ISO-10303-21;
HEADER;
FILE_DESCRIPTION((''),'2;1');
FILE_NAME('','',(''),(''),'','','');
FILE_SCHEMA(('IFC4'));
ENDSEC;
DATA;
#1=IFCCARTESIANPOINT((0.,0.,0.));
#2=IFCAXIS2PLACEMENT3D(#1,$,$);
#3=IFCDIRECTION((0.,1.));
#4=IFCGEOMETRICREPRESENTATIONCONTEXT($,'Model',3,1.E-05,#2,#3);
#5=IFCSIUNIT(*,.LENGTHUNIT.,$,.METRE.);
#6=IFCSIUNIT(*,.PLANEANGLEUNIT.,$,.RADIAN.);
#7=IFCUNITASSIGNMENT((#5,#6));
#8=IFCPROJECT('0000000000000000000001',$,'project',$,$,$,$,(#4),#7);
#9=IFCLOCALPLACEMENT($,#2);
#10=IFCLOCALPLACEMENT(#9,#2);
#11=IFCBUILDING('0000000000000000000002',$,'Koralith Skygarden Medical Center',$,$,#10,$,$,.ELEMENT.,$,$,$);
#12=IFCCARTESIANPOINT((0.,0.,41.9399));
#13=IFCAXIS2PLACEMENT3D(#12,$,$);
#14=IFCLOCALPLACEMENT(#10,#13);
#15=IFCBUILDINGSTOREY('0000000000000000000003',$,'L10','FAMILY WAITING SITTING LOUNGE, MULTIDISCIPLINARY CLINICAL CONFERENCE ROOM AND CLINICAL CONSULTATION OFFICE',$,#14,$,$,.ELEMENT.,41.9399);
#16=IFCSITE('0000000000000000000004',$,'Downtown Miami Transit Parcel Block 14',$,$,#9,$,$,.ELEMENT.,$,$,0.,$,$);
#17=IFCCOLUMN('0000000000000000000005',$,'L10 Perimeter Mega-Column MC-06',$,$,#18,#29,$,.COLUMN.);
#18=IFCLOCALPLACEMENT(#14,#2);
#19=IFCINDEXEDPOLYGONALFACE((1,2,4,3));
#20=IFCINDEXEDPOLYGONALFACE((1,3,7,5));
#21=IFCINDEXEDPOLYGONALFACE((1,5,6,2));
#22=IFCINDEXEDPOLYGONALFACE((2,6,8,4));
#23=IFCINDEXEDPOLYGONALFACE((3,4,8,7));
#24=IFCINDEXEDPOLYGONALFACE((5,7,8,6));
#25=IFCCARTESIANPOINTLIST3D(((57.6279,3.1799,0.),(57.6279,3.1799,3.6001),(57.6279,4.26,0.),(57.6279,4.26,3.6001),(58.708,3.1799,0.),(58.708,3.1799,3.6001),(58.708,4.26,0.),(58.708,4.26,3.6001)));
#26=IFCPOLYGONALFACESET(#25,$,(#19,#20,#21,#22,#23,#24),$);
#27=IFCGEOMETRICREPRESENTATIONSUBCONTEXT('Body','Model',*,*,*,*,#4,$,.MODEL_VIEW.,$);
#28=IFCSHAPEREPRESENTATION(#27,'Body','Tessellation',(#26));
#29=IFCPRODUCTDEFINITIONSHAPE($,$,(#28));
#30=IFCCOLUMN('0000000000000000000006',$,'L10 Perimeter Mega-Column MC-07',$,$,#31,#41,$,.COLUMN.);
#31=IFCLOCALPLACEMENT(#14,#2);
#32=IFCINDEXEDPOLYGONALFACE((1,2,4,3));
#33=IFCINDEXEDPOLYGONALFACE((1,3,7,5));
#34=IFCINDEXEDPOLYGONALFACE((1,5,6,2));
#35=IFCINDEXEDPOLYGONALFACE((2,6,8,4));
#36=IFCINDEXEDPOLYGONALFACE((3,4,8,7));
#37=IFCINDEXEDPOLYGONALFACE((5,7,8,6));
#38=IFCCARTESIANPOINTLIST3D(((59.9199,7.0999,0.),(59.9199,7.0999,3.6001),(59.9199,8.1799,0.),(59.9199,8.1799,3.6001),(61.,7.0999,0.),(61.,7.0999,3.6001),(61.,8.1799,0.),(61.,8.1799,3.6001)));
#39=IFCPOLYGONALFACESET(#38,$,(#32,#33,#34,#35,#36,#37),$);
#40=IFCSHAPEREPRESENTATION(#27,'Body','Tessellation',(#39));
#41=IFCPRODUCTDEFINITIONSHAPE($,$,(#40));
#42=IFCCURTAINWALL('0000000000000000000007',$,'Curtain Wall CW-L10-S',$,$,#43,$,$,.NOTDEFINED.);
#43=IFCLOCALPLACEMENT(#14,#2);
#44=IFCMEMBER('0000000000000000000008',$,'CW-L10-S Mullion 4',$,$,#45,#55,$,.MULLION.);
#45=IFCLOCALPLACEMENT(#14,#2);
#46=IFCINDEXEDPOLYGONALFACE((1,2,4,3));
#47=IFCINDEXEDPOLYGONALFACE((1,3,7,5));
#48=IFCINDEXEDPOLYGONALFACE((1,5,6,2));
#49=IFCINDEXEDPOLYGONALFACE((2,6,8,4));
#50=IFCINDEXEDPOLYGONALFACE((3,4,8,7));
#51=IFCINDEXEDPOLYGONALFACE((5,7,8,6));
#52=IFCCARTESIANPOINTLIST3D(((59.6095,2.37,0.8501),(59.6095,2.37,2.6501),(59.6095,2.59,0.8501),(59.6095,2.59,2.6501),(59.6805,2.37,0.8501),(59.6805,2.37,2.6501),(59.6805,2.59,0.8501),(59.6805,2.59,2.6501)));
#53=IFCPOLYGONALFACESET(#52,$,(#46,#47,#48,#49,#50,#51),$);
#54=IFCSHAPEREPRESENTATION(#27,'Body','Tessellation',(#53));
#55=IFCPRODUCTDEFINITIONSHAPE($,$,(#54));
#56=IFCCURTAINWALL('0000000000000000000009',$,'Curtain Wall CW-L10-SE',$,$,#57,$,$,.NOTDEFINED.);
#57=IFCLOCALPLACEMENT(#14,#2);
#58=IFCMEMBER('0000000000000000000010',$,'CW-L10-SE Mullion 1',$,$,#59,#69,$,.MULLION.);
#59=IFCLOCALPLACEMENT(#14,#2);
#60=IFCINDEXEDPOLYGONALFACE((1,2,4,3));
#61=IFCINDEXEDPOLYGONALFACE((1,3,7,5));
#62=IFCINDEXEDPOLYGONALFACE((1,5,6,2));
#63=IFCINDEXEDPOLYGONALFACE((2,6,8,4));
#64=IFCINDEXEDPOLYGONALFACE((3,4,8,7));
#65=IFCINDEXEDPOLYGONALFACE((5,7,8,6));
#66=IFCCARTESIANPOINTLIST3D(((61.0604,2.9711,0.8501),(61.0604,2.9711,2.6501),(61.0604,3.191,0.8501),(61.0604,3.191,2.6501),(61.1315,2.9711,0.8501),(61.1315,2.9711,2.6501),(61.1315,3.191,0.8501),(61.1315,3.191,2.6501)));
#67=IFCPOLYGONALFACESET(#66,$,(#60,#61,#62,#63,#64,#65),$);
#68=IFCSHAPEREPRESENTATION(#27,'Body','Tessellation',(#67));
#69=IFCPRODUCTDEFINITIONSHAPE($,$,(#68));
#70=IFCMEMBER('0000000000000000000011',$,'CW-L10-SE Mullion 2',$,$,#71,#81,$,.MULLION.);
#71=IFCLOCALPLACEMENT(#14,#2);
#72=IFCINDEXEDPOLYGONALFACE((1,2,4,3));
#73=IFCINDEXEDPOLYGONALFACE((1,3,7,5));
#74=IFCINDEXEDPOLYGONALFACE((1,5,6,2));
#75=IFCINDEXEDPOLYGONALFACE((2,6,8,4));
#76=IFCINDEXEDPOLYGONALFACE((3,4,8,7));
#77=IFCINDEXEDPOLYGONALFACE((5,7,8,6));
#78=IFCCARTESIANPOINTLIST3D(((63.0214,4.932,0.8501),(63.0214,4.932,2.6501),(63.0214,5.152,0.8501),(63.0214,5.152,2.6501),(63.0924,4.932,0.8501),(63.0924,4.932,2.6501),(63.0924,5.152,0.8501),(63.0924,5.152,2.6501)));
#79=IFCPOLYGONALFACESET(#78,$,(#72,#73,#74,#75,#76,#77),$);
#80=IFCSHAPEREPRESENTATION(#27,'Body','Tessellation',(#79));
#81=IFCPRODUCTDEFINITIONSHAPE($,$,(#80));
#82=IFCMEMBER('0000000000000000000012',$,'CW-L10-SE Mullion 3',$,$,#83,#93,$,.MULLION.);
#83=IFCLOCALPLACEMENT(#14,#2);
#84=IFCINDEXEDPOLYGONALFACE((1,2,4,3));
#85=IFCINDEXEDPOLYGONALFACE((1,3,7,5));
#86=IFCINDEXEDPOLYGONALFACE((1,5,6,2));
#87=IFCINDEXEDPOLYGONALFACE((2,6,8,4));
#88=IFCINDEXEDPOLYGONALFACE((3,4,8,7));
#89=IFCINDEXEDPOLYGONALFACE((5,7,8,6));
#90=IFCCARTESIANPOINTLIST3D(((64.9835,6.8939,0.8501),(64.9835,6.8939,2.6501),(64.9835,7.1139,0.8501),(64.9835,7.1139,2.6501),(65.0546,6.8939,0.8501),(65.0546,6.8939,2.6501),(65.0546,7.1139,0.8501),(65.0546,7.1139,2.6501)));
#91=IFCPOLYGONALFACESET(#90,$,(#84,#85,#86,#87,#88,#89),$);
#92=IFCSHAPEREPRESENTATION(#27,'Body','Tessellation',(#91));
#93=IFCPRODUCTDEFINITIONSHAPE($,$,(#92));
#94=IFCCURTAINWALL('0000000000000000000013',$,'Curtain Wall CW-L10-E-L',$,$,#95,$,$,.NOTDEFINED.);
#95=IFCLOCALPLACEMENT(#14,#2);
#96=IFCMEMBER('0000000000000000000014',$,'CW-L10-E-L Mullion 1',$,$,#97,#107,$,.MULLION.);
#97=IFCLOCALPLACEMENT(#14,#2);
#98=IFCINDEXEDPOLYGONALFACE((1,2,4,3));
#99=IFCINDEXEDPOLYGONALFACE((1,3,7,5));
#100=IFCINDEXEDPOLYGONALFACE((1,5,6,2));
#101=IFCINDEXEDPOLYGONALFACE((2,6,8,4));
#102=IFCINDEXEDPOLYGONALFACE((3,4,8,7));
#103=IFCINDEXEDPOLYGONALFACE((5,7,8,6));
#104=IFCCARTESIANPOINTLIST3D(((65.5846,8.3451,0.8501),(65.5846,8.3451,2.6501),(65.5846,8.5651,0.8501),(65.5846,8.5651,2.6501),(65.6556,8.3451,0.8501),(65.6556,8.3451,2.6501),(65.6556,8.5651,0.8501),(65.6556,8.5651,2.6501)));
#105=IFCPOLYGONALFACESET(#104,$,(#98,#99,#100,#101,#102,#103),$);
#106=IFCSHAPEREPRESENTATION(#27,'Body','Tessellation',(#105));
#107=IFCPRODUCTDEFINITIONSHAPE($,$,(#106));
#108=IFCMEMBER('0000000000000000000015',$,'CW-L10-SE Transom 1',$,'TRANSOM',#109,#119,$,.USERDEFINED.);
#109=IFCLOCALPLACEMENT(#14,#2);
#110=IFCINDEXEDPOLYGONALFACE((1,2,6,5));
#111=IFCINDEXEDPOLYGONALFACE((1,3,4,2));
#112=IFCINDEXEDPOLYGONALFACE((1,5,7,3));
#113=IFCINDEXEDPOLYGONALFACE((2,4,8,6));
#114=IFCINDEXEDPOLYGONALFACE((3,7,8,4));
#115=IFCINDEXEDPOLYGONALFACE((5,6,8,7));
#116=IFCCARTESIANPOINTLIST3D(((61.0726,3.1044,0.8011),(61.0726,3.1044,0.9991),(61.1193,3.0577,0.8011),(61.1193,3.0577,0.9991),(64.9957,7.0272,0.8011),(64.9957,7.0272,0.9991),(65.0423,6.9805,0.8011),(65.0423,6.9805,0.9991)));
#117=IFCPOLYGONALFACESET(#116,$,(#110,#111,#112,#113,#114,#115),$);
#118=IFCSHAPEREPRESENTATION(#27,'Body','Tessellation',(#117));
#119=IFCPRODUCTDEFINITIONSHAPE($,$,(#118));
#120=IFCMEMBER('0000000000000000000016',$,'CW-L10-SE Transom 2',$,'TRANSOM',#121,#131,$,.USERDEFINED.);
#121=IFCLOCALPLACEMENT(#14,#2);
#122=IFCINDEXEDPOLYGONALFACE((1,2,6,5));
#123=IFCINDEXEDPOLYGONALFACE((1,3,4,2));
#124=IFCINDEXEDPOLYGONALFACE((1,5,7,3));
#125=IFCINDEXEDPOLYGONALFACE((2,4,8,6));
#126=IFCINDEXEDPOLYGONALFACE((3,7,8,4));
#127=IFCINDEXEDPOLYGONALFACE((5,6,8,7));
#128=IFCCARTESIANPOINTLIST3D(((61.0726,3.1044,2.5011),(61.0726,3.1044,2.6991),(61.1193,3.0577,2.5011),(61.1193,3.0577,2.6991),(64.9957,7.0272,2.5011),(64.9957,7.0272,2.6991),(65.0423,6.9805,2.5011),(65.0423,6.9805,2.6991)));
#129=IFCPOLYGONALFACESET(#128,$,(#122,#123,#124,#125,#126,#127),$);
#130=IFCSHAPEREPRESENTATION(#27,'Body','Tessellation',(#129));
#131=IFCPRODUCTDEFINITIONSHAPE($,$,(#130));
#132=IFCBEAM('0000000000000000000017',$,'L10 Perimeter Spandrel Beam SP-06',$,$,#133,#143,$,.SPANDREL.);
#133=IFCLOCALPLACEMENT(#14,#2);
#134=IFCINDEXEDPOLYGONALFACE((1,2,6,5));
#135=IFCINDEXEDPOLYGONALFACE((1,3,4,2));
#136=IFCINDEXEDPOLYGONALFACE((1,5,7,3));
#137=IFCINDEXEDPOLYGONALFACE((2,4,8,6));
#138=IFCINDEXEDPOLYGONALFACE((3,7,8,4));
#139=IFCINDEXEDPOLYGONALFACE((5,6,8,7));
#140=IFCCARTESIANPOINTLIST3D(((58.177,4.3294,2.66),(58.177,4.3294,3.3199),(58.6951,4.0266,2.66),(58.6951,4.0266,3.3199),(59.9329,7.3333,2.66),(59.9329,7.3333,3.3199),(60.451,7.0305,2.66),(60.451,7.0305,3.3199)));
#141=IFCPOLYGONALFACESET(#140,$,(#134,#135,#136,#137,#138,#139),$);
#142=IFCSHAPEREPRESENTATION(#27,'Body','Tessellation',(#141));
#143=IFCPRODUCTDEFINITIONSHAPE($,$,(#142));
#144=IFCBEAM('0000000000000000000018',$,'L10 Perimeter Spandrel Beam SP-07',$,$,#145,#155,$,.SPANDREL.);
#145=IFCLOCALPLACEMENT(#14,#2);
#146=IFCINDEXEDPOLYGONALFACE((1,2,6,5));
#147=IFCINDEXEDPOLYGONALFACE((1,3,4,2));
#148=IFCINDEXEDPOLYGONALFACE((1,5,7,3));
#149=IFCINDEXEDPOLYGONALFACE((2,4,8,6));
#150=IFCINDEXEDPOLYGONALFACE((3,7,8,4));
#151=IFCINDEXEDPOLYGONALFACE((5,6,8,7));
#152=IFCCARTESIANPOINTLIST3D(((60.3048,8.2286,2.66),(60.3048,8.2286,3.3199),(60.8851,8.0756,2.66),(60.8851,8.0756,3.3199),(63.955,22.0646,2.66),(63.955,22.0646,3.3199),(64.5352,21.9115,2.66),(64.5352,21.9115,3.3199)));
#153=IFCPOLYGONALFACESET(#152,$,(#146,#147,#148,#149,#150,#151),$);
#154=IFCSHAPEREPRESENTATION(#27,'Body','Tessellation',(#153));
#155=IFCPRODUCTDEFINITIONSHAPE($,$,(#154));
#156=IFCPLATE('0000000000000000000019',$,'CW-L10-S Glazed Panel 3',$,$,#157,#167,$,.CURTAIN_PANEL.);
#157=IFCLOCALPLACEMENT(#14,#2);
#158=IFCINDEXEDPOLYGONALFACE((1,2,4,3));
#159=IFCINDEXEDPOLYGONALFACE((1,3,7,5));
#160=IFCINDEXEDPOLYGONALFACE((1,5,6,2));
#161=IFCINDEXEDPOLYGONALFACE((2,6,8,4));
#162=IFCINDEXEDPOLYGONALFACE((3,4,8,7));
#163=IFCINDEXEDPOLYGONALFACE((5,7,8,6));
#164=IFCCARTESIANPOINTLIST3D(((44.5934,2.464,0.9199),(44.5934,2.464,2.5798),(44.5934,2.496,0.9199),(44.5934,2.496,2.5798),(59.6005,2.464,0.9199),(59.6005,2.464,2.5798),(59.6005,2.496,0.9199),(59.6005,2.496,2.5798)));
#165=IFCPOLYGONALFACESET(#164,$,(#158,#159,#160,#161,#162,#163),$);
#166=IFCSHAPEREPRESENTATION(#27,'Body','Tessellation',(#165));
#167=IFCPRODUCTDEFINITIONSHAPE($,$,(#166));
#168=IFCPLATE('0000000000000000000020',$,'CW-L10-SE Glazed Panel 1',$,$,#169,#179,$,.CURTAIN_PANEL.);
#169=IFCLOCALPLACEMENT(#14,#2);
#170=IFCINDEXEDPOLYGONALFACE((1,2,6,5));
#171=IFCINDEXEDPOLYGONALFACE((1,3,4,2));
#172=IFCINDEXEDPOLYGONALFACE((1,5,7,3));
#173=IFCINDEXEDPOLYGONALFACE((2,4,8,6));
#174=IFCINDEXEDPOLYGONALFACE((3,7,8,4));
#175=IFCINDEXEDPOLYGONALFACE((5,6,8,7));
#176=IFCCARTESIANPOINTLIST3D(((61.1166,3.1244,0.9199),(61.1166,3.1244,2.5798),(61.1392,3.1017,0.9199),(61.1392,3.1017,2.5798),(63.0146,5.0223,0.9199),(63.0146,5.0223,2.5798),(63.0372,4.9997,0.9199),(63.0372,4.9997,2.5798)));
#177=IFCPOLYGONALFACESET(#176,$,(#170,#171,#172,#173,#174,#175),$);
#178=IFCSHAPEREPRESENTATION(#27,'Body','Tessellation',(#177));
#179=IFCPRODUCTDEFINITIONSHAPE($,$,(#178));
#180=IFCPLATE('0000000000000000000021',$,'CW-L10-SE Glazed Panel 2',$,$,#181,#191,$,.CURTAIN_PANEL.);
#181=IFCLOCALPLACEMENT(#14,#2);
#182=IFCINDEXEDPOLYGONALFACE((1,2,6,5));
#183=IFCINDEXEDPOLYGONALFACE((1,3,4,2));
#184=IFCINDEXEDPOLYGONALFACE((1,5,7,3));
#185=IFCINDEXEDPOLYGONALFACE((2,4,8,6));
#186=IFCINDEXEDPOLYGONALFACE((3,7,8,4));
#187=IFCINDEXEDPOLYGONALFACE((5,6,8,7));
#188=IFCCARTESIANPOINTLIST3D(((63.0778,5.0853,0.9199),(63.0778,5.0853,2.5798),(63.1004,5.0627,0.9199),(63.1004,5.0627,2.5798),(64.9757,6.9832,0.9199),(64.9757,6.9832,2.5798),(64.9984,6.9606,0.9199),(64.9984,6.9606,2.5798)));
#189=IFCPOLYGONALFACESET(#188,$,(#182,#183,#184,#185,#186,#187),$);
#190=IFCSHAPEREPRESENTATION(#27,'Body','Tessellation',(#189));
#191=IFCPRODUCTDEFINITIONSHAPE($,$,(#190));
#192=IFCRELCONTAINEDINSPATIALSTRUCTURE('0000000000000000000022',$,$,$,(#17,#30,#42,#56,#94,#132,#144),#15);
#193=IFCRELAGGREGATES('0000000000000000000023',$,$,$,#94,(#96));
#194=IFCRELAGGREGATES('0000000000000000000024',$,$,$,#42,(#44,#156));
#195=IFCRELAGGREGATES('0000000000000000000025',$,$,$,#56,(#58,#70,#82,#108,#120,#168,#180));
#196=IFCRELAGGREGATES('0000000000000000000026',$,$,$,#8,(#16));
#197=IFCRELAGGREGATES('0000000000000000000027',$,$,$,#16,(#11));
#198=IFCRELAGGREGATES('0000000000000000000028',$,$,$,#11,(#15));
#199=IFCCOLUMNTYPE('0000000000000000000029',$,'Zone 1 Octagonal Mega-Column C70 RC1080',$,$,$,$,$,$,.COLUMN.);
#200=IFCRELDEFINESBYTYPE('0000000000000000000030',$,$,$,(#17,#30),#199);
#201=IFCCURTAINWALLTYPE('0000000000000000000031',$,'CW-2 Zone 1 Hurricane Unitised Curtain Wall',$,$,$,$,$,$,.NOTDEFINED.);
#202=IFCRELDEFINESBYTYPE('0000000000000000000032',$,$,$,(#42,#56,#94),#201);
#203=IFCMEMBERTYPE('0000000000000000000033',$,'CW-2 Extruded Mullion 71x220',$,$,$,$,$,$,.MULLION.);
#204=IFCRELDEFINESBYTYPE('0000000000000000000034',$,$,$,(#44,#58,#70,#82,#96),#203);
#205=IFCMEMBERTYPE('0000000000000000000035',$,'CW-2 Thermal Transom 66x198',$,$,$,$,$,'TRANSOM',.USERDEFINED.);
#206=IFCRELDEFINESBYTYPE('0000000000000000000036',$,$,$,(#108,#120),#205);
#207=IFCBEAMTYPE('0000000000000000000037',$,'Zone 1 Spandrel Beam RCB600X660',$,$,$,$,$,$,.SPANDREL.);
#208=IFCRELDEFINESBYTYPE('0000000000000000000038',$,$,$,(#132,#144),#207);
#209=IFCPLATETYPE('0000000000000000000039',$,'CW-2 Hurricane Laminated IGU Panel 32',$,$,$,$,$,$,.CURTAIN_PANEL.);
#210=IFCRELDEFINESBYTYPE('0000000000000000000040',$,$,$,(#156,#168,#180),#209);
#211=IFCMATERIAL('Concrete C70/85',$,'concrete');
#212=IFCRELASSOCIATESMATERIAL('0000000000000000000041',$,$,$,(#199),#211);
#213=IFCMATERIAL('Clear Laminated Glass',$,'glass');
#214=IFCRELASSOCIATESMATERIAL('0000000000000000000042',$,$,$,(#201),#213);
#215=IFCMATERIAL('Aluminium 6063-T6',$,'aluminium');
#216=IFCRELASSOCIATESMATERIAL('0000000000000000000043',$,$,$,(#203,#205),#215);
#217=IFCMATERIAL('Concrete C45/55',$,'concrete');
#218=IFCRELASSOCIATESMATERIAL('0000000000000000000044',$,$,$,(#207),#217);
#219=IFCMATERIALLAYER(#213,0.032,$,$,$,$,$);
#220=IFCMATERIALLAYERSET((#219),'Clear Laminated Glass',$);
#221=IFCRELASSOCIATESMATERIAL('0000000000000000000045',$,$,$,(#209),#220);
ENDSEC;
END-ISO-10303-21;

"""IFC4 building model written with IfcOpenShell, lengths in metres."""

from ifc_helpers import new_model, si_unit, direction, frame, origin, origin_2d, place, context, subcontext, project, spatial, rectangle, extrude, material, layer, layer_set, material_profile, profile_set, type_object, element, aggregate, save


model = new_model("IFC4")

# Units and contexts
model_context = context("Model", 3, precision=1e-05, world=origin(), true_north=direction((0.0, 1.0)))
body_context = subcontext(model_context, "Body", "Model", "MODEL_VIEW")
ifc_project = project(units=[si_unit("LENGTHUNIT", "METRE"), si_unit("PLANEANGLEUNIT", "RADIAN")], contexts=[model_context])

# Site, building, storey
site_placement = place(None, origin())
site = spatial("IfcSite", under=ifc_project, at=site_placement, Name="Downtown Miami Transit Parcel Block 14", CompositionType="ELEMENT", RefElevation=0.0)
building_placement = place(site_placement, origin())
building = spatial("IfcBuilding", under=site, at=building_placement, Name="Koralith Skygarden Medical Center", CompositionType="ELEMENT")
storey_placement = place(building_placement, frame((0.0, 0.0, 41.9399)))
storey = spatial("IfcBuildingStorey", under=building, at=storey_placement, Name="L10", Description="FAMILY WAITING SITTING LOUNGE, MULTIDISCIPLINARY CLINICAL CONFERENCE ROOM AND CLINICAL CONSULTATION OFFICE", CompositionType="ELEMENT", Elevation=41.9399)

# Columns
ifc_material_1 = material(Name="Concrete C70/85", Category="concrete")
ifc_material_profile_1 = material_profile(ifc_material_1, rectangle(XDim=1.0801, YDim=1.0801, at=origin_2d()), Name="RC1080X1080")
ifc_profile_set_1 = profile_set([ifc_material_profile_1], Name="Concrete C70/85")
column_type = type_object("IfcColumnType", Name="Zone 1 Octagonal Mega-Column C70 RC1080", PredefinedType="COLUMN", material=ifc_profile_set_1)
for number, where, z_axis, x_axis, name in (
    (1, (58.168, 3.72, 0.0), (0.0, 0.0, 1.0), (1.0, 0.0, 0.0), "L10 Perimeter Mega-Column MC-06"),
    (2, (60.46, 7.6399, 0.0), (0.0, 0.0, 1.0), (1.0, 0.0, 0.0), "L10 Perimeter Mega-Column MC-07"),
):
    element("IfcColumn", number, at=place(storey_placement, frame(where, z_axis=z_axis, x_axis=x_axis)), inside=storey, type_object=column_type, Name=name, PredefinedType="COLUMN", context=body_context, shape_type="SweptSolid", body=[
        extrude(rectangle(XDim=1.0801, YDim=1.0801, at=origin_2d()), origin(), (0.0, 0.0, 1.0), 3.6001),
    ])

# Curtain wall, member
ifc_material_2 = material(Name="Clear Laminated Glass", Category="glass")
curtain_wall_type = type_object("IfcCurtainWallType", Name="CW-2 Zone 1 Hurricane Unitised Curtain Wall", PredefinedType="NOTDEFINED", material=ifc_material_2)
curtain_wall_1_placement = place(storey_placement, origin())
curtain_wall_1 = element("IfcCurtainWall", 3, at=curtain_wall_1_placement, inside=storey, type_object=curtain_wall_type, Name="Curtain Wall CW-L10-S", PredefinedType="NOTDEFINED")
ifc_material_3 = material(Name="Aluminium 6063-T6", Category="aluminium")
ifc_material_profile_2 = material_profile(ifc_material_3, rectangle(XDim=0.071, YDim=0.22, at=origin_2d()), Name="MUL71X220")
ifc_profile_set_2 = profile_set([ifc_material_profile_2], Name="Aluminium 6063-T6")
member_type_1 = type_object("IfcMemberType", Name="CW-2 Extruded Mullion 71x220", PredefinedType="MULLION", material=ifc_profile_set_2)
member_1_placement = place(storey_placement, frame((59.645, 2.48, 0.8501), z_axis=(0.0, 0.0, 1.0), x_axis=(1.0, 0.0, 0.0)))
member_1 = element("IfcMember", 4, at=member_1_placement, type_object=member_type_1, Name="CW-L10-S Mullion 4", PredefinedType="MULLION", context=body_context, shape_type="SweptSolid", body=[
    extrude(rectangle(XDim=0.071, YDim=0.22, at=origin_2d()), origin(), (0.0, 0.0, 1.0), 1.8),
])

# Curtain wall, members
curtain_wall_2_placement = place(storey_placement, origin())
curtain_wall_2 = element("IfcCurtainWall", 5, at=curtain_wall_2_placement, inside=storey, type_object=curtain_wall_type, Name="Curtain Wall CW-L10-SE", PredefinedType="NOTDEFINED")
member_2_placement = place(storey_placement, frame((61.0959, 3.0811, 0.8501), z_axis=(0.0, 0.0, 1.0), x_axis=(1.0, 0.0, 0.0)))
member_2 = element("IfcMember", 6, at=member_2_placement, type_object=member_type_1, Name="CW-L10-SE Mullion 1", PredefinedType="MULLION", context=body_context, shape_type="SweptSolid", body=[
    extrude(rectangle(XDim=0.071, YDim=0.22, at=origin_2d()), origin(), (0.0, 0.0, 1.0), 1.8),
])
member_3_placement = place(storey_placement, frame((63.0569, 5.042, 0.8501), z_axis=(0.0, 0.0, 1.0), x_axis=(1.0, 0.0, 0.0)))
member_3 = element("IfcMember", 7, at=member_3_placement, type_object=member_type_1, Name="CW-L10-SE Mullion 2", PredefinedType="MULLION", context=body_context, shape_type="SweptSolid", body=[
    extrude(rectangle(XDim=0.071, YDim=0.22, at=origin_2d()), origin(), (0.0, 0.0, 1.0), 1.8),
])
member_4_placement = place(storey_placement, frame((65.019, 7.0039, 0.8501), z_axis=(0.0, 0.0, 1.0), x_axis=(1.0, 0.0, 0.0)))
member_4 = element("IfcMember", 8, at=member_4_placement, type_object=member_type_1, Name="CW-L10-SE Mullion 3", PredefinedType="MULLION", context=body_context, shape_type="SweptSolid", body=[
    extrude(rectangle(XDim=0.071, YDim=0.22, at=origin_2d()), origin(), (0.0, 0.0, 1.0), 1.8),
])

# Curtain wall, member
curtain_wall_3_placement = place(storey_placement, origin())
curtain_wall_3 = element("IfcCurtainWall", 9, at=curtain_wall_3_placement, inside=storey, type_object=curtain_wall_type, Name="Curtain Wall CW-L10-E-L", PredefinedType="NOTDEFINED")
member_5_placement = place(storey_placement, frame((65.6201, 8.4551, 0.8501), z_axis=(0.0, 0.0, 1.0), x_axis=(1.0, 0.0, 0.0)))
member_5 = element("IfcMember", 10, at=member_5_placement, type_object=member_type_1, Name="CW-L10-E-L Mullion 1", PredefinedType="MULLION", context=body_context, shape_type="SweptSolid", body=[
    extrude(rectangle(XDim=0.071, YDim=0.22, at=origin_2d()), origin(), (0.0, 0.0, 1.0), 1.8),
])
aggregate(curtain_wall_3, [member_5])

# Members
ifc_material_profile_3 = material_profile(ifc_material_3, rectangle(XDim=0.0659, YDim=0.198, at=origin_2d()), Name="TRN66X198")
ifc_profile_set_3 = profile_set([ifc_material_profile_3], Name="Aluminium 6063-T6")
member_type_2 = type_object("IfcMemberType", Name="CW-2 Thermal Transom 66x198", ElementType="TRANSOM", PredefinedType="USERDEFINED", material=ifc_profile_set_3)
member_6_placement = place(storey_placement, frame((61.0959, 3.0811, 0.9001), z_axis=(0.707129, 0.707085, 0.0), x_axis=(-0.707085, 0.707129, 0.0)))
member_6 = element("IfcMember", 11, at=member_6_placement, type_object=member_type_2, Name="CW-L10-SE Transom 1", ObjectType="TRANSOM", PredefinedType="USERDEFINED", context=body_context, shape_type="SweptSolid", body=[
    extrude(rectangle(XDim=0.0659, YDim=0.198, at=origin_2d()), origin(), (0.0, 0.0, 1.0), 5.5479),
])
member_7_placement = place(storey_placement, frame((61.0959, 3.0811, 2.6001), z_axis=(0.707129, 0.707085, 0.0), x_axis=(-0.707085, 0.707129, 0.0)))
member_7 = element("IfcMember", 12, at=member_7_placement, type_object=member_type_2, Name="CW-L10-SE Transom 2", ObjectType="TRANSOM", PredefinedType="USERDEFINED", context=body_context, shape_type="SweptSolid", body=[
    extrude(rectangle(XDim=0.0659, YDim=0.198, at=origin_2d()), origin(), (0.0, 0.0, 1.0), 5.5479),
])

# Beams
ifc_material_4 = material(Name="Concrete C45/55", Category="concrete")
ifc_material_profile_4 = material_profile(ifc_material_4, rectangle(XDim=0.6001, YDim=0.6599, at=origin_2d()), Name="RCB600X660")
ifc_profile_set_4 = profile_set([ifc_material_profile_4], Name="Concrete C45/55")
beam_type = type_object("IfcBeamType", Name="Zone 1 Spandrel Beam RCB600X660", PredefinedType="SPANDREL", material=ifc_profile_set_4)
beam_1_placement = place(storey_placement, frame((58.436, 4.178, 2.99), z_axis=(0.504639, 0.863331, 0.0), x_axis=(-0.863331, 0.504639, 0.0)))
element("IfcBeam", 13, at=beam_1_placement, inside=storey, type_object=beam_type, Name="L10 Perimeter Spandrel Beam SP-06", PredefinedType="SPANDREL", context=body_context, shape_type="SweptSolid", body=[
    extrude(rectangle(XDim=0.6001, YDim=0.6599, at=origin_2d()), origin(), (0.0, 0.0, 1.0), 3.4795),
])
beam_2_placement = place(storey_placement, frame((60.595, 8.1521, 2.99), z_axis=(0.255089, 0.966918, 0.0), x_axis=(-0.966918, 0.255089, 0.0)))
element("IfcBeam", 14, at=beam_2_placement, inside=storey, type_object=beam_type, Name="L10 Perimeter Spandrel Beam SP-07", PredefinedType="SPANDREL", context=body_context, shape_type="SweptSolid", body=[
    extrude(rectangle(XDim=0.6001, YDim=0.6599, at=origin_2d()), origin(), (0.0, 0.0, 1.0), 14.3093),
])

# Plates
ifc_layer_1 = layer(ifc_material_2, 0.032)
ifc_layer_set_1 = layer_set([ifc_layer_1], Name="Clear Laminated Glass")
plate_type_1 = type_object("IfcPlateType", Name="CW-2 Hurricane Laminated IGU Panel 32", PredefinedType="CURTAIN_PANEL", material=ifc_layer_set_1)
plate_1_placement = place(storey_placement, frame((52.0969, 2.48, 0.9199), z_axis=(0.0, 0.0, 1.0), x_axis=(1.0, 0.0, 0.0)))
plate_1 = element("IfcPlate", 15, at=plate_1_placement, type_object=plate_type_1, Name="CW-L10-S Glazed Panel 3", PredefinedType="CURTAIN_PANEL", context=body_context, shape_type="SweptSolid", body=[
    extrude(rectangle(XDim=15.0071, YDim=0.032, at=origin_2d()), origin(), (0.0, 0.0, 1.0), 1.6599),
])
aggregate(curtain_wall_1, [member_1, plate_1])
plate_2_placement = place(storey_placement, frame((62.0769, 4.062, 0.9199), z_axis=(0.0, 0.0, 1.0), x_axis=(0.707107, 0.707107, 0.0)))
plate_2 = element("IfcPlate", 16, at=plate_2_placement, type_object=plate_type_1, Name="CW-L10-SE Glazed Panel 1", PredefinedType="CURTAIN_PANEL", context=body_context, shape_type="SweptSolid", body=[
    extrude(rectangle(XDim=2.6841, YDim=0.032, at=origin_2d()), origin(), (0.0, 0.0, 1.0), 1.6599),
])
plate_3_placement = place(storey_placement, frame((64.0381, 6.0229, 0.9199), z_axis=(0.0, 0.0, 1.0), x_axis=(0.707107, 0.707107, 0.0)))
plate_3 = element("IfcPlate", 17, at=plate_3_placement, type_object=plate_type_1, Name="CW-L10-SE Glazed Panel 2", PredefinedType="CURTAIN_PANEL", context=body_context, shape_type="SweptSolid", body=[
    extrude(rectangle(XDim=2.6841, YDim=0.032, at=origin_2d()), origin(), (0.0, 0.0, 1.0), 1.6599),
])
aggregate(curtain_wall_2, [member_2, member_3, member_4, member_6, member_7, plate_2, plate_3])

save(model, "model.ifc")
